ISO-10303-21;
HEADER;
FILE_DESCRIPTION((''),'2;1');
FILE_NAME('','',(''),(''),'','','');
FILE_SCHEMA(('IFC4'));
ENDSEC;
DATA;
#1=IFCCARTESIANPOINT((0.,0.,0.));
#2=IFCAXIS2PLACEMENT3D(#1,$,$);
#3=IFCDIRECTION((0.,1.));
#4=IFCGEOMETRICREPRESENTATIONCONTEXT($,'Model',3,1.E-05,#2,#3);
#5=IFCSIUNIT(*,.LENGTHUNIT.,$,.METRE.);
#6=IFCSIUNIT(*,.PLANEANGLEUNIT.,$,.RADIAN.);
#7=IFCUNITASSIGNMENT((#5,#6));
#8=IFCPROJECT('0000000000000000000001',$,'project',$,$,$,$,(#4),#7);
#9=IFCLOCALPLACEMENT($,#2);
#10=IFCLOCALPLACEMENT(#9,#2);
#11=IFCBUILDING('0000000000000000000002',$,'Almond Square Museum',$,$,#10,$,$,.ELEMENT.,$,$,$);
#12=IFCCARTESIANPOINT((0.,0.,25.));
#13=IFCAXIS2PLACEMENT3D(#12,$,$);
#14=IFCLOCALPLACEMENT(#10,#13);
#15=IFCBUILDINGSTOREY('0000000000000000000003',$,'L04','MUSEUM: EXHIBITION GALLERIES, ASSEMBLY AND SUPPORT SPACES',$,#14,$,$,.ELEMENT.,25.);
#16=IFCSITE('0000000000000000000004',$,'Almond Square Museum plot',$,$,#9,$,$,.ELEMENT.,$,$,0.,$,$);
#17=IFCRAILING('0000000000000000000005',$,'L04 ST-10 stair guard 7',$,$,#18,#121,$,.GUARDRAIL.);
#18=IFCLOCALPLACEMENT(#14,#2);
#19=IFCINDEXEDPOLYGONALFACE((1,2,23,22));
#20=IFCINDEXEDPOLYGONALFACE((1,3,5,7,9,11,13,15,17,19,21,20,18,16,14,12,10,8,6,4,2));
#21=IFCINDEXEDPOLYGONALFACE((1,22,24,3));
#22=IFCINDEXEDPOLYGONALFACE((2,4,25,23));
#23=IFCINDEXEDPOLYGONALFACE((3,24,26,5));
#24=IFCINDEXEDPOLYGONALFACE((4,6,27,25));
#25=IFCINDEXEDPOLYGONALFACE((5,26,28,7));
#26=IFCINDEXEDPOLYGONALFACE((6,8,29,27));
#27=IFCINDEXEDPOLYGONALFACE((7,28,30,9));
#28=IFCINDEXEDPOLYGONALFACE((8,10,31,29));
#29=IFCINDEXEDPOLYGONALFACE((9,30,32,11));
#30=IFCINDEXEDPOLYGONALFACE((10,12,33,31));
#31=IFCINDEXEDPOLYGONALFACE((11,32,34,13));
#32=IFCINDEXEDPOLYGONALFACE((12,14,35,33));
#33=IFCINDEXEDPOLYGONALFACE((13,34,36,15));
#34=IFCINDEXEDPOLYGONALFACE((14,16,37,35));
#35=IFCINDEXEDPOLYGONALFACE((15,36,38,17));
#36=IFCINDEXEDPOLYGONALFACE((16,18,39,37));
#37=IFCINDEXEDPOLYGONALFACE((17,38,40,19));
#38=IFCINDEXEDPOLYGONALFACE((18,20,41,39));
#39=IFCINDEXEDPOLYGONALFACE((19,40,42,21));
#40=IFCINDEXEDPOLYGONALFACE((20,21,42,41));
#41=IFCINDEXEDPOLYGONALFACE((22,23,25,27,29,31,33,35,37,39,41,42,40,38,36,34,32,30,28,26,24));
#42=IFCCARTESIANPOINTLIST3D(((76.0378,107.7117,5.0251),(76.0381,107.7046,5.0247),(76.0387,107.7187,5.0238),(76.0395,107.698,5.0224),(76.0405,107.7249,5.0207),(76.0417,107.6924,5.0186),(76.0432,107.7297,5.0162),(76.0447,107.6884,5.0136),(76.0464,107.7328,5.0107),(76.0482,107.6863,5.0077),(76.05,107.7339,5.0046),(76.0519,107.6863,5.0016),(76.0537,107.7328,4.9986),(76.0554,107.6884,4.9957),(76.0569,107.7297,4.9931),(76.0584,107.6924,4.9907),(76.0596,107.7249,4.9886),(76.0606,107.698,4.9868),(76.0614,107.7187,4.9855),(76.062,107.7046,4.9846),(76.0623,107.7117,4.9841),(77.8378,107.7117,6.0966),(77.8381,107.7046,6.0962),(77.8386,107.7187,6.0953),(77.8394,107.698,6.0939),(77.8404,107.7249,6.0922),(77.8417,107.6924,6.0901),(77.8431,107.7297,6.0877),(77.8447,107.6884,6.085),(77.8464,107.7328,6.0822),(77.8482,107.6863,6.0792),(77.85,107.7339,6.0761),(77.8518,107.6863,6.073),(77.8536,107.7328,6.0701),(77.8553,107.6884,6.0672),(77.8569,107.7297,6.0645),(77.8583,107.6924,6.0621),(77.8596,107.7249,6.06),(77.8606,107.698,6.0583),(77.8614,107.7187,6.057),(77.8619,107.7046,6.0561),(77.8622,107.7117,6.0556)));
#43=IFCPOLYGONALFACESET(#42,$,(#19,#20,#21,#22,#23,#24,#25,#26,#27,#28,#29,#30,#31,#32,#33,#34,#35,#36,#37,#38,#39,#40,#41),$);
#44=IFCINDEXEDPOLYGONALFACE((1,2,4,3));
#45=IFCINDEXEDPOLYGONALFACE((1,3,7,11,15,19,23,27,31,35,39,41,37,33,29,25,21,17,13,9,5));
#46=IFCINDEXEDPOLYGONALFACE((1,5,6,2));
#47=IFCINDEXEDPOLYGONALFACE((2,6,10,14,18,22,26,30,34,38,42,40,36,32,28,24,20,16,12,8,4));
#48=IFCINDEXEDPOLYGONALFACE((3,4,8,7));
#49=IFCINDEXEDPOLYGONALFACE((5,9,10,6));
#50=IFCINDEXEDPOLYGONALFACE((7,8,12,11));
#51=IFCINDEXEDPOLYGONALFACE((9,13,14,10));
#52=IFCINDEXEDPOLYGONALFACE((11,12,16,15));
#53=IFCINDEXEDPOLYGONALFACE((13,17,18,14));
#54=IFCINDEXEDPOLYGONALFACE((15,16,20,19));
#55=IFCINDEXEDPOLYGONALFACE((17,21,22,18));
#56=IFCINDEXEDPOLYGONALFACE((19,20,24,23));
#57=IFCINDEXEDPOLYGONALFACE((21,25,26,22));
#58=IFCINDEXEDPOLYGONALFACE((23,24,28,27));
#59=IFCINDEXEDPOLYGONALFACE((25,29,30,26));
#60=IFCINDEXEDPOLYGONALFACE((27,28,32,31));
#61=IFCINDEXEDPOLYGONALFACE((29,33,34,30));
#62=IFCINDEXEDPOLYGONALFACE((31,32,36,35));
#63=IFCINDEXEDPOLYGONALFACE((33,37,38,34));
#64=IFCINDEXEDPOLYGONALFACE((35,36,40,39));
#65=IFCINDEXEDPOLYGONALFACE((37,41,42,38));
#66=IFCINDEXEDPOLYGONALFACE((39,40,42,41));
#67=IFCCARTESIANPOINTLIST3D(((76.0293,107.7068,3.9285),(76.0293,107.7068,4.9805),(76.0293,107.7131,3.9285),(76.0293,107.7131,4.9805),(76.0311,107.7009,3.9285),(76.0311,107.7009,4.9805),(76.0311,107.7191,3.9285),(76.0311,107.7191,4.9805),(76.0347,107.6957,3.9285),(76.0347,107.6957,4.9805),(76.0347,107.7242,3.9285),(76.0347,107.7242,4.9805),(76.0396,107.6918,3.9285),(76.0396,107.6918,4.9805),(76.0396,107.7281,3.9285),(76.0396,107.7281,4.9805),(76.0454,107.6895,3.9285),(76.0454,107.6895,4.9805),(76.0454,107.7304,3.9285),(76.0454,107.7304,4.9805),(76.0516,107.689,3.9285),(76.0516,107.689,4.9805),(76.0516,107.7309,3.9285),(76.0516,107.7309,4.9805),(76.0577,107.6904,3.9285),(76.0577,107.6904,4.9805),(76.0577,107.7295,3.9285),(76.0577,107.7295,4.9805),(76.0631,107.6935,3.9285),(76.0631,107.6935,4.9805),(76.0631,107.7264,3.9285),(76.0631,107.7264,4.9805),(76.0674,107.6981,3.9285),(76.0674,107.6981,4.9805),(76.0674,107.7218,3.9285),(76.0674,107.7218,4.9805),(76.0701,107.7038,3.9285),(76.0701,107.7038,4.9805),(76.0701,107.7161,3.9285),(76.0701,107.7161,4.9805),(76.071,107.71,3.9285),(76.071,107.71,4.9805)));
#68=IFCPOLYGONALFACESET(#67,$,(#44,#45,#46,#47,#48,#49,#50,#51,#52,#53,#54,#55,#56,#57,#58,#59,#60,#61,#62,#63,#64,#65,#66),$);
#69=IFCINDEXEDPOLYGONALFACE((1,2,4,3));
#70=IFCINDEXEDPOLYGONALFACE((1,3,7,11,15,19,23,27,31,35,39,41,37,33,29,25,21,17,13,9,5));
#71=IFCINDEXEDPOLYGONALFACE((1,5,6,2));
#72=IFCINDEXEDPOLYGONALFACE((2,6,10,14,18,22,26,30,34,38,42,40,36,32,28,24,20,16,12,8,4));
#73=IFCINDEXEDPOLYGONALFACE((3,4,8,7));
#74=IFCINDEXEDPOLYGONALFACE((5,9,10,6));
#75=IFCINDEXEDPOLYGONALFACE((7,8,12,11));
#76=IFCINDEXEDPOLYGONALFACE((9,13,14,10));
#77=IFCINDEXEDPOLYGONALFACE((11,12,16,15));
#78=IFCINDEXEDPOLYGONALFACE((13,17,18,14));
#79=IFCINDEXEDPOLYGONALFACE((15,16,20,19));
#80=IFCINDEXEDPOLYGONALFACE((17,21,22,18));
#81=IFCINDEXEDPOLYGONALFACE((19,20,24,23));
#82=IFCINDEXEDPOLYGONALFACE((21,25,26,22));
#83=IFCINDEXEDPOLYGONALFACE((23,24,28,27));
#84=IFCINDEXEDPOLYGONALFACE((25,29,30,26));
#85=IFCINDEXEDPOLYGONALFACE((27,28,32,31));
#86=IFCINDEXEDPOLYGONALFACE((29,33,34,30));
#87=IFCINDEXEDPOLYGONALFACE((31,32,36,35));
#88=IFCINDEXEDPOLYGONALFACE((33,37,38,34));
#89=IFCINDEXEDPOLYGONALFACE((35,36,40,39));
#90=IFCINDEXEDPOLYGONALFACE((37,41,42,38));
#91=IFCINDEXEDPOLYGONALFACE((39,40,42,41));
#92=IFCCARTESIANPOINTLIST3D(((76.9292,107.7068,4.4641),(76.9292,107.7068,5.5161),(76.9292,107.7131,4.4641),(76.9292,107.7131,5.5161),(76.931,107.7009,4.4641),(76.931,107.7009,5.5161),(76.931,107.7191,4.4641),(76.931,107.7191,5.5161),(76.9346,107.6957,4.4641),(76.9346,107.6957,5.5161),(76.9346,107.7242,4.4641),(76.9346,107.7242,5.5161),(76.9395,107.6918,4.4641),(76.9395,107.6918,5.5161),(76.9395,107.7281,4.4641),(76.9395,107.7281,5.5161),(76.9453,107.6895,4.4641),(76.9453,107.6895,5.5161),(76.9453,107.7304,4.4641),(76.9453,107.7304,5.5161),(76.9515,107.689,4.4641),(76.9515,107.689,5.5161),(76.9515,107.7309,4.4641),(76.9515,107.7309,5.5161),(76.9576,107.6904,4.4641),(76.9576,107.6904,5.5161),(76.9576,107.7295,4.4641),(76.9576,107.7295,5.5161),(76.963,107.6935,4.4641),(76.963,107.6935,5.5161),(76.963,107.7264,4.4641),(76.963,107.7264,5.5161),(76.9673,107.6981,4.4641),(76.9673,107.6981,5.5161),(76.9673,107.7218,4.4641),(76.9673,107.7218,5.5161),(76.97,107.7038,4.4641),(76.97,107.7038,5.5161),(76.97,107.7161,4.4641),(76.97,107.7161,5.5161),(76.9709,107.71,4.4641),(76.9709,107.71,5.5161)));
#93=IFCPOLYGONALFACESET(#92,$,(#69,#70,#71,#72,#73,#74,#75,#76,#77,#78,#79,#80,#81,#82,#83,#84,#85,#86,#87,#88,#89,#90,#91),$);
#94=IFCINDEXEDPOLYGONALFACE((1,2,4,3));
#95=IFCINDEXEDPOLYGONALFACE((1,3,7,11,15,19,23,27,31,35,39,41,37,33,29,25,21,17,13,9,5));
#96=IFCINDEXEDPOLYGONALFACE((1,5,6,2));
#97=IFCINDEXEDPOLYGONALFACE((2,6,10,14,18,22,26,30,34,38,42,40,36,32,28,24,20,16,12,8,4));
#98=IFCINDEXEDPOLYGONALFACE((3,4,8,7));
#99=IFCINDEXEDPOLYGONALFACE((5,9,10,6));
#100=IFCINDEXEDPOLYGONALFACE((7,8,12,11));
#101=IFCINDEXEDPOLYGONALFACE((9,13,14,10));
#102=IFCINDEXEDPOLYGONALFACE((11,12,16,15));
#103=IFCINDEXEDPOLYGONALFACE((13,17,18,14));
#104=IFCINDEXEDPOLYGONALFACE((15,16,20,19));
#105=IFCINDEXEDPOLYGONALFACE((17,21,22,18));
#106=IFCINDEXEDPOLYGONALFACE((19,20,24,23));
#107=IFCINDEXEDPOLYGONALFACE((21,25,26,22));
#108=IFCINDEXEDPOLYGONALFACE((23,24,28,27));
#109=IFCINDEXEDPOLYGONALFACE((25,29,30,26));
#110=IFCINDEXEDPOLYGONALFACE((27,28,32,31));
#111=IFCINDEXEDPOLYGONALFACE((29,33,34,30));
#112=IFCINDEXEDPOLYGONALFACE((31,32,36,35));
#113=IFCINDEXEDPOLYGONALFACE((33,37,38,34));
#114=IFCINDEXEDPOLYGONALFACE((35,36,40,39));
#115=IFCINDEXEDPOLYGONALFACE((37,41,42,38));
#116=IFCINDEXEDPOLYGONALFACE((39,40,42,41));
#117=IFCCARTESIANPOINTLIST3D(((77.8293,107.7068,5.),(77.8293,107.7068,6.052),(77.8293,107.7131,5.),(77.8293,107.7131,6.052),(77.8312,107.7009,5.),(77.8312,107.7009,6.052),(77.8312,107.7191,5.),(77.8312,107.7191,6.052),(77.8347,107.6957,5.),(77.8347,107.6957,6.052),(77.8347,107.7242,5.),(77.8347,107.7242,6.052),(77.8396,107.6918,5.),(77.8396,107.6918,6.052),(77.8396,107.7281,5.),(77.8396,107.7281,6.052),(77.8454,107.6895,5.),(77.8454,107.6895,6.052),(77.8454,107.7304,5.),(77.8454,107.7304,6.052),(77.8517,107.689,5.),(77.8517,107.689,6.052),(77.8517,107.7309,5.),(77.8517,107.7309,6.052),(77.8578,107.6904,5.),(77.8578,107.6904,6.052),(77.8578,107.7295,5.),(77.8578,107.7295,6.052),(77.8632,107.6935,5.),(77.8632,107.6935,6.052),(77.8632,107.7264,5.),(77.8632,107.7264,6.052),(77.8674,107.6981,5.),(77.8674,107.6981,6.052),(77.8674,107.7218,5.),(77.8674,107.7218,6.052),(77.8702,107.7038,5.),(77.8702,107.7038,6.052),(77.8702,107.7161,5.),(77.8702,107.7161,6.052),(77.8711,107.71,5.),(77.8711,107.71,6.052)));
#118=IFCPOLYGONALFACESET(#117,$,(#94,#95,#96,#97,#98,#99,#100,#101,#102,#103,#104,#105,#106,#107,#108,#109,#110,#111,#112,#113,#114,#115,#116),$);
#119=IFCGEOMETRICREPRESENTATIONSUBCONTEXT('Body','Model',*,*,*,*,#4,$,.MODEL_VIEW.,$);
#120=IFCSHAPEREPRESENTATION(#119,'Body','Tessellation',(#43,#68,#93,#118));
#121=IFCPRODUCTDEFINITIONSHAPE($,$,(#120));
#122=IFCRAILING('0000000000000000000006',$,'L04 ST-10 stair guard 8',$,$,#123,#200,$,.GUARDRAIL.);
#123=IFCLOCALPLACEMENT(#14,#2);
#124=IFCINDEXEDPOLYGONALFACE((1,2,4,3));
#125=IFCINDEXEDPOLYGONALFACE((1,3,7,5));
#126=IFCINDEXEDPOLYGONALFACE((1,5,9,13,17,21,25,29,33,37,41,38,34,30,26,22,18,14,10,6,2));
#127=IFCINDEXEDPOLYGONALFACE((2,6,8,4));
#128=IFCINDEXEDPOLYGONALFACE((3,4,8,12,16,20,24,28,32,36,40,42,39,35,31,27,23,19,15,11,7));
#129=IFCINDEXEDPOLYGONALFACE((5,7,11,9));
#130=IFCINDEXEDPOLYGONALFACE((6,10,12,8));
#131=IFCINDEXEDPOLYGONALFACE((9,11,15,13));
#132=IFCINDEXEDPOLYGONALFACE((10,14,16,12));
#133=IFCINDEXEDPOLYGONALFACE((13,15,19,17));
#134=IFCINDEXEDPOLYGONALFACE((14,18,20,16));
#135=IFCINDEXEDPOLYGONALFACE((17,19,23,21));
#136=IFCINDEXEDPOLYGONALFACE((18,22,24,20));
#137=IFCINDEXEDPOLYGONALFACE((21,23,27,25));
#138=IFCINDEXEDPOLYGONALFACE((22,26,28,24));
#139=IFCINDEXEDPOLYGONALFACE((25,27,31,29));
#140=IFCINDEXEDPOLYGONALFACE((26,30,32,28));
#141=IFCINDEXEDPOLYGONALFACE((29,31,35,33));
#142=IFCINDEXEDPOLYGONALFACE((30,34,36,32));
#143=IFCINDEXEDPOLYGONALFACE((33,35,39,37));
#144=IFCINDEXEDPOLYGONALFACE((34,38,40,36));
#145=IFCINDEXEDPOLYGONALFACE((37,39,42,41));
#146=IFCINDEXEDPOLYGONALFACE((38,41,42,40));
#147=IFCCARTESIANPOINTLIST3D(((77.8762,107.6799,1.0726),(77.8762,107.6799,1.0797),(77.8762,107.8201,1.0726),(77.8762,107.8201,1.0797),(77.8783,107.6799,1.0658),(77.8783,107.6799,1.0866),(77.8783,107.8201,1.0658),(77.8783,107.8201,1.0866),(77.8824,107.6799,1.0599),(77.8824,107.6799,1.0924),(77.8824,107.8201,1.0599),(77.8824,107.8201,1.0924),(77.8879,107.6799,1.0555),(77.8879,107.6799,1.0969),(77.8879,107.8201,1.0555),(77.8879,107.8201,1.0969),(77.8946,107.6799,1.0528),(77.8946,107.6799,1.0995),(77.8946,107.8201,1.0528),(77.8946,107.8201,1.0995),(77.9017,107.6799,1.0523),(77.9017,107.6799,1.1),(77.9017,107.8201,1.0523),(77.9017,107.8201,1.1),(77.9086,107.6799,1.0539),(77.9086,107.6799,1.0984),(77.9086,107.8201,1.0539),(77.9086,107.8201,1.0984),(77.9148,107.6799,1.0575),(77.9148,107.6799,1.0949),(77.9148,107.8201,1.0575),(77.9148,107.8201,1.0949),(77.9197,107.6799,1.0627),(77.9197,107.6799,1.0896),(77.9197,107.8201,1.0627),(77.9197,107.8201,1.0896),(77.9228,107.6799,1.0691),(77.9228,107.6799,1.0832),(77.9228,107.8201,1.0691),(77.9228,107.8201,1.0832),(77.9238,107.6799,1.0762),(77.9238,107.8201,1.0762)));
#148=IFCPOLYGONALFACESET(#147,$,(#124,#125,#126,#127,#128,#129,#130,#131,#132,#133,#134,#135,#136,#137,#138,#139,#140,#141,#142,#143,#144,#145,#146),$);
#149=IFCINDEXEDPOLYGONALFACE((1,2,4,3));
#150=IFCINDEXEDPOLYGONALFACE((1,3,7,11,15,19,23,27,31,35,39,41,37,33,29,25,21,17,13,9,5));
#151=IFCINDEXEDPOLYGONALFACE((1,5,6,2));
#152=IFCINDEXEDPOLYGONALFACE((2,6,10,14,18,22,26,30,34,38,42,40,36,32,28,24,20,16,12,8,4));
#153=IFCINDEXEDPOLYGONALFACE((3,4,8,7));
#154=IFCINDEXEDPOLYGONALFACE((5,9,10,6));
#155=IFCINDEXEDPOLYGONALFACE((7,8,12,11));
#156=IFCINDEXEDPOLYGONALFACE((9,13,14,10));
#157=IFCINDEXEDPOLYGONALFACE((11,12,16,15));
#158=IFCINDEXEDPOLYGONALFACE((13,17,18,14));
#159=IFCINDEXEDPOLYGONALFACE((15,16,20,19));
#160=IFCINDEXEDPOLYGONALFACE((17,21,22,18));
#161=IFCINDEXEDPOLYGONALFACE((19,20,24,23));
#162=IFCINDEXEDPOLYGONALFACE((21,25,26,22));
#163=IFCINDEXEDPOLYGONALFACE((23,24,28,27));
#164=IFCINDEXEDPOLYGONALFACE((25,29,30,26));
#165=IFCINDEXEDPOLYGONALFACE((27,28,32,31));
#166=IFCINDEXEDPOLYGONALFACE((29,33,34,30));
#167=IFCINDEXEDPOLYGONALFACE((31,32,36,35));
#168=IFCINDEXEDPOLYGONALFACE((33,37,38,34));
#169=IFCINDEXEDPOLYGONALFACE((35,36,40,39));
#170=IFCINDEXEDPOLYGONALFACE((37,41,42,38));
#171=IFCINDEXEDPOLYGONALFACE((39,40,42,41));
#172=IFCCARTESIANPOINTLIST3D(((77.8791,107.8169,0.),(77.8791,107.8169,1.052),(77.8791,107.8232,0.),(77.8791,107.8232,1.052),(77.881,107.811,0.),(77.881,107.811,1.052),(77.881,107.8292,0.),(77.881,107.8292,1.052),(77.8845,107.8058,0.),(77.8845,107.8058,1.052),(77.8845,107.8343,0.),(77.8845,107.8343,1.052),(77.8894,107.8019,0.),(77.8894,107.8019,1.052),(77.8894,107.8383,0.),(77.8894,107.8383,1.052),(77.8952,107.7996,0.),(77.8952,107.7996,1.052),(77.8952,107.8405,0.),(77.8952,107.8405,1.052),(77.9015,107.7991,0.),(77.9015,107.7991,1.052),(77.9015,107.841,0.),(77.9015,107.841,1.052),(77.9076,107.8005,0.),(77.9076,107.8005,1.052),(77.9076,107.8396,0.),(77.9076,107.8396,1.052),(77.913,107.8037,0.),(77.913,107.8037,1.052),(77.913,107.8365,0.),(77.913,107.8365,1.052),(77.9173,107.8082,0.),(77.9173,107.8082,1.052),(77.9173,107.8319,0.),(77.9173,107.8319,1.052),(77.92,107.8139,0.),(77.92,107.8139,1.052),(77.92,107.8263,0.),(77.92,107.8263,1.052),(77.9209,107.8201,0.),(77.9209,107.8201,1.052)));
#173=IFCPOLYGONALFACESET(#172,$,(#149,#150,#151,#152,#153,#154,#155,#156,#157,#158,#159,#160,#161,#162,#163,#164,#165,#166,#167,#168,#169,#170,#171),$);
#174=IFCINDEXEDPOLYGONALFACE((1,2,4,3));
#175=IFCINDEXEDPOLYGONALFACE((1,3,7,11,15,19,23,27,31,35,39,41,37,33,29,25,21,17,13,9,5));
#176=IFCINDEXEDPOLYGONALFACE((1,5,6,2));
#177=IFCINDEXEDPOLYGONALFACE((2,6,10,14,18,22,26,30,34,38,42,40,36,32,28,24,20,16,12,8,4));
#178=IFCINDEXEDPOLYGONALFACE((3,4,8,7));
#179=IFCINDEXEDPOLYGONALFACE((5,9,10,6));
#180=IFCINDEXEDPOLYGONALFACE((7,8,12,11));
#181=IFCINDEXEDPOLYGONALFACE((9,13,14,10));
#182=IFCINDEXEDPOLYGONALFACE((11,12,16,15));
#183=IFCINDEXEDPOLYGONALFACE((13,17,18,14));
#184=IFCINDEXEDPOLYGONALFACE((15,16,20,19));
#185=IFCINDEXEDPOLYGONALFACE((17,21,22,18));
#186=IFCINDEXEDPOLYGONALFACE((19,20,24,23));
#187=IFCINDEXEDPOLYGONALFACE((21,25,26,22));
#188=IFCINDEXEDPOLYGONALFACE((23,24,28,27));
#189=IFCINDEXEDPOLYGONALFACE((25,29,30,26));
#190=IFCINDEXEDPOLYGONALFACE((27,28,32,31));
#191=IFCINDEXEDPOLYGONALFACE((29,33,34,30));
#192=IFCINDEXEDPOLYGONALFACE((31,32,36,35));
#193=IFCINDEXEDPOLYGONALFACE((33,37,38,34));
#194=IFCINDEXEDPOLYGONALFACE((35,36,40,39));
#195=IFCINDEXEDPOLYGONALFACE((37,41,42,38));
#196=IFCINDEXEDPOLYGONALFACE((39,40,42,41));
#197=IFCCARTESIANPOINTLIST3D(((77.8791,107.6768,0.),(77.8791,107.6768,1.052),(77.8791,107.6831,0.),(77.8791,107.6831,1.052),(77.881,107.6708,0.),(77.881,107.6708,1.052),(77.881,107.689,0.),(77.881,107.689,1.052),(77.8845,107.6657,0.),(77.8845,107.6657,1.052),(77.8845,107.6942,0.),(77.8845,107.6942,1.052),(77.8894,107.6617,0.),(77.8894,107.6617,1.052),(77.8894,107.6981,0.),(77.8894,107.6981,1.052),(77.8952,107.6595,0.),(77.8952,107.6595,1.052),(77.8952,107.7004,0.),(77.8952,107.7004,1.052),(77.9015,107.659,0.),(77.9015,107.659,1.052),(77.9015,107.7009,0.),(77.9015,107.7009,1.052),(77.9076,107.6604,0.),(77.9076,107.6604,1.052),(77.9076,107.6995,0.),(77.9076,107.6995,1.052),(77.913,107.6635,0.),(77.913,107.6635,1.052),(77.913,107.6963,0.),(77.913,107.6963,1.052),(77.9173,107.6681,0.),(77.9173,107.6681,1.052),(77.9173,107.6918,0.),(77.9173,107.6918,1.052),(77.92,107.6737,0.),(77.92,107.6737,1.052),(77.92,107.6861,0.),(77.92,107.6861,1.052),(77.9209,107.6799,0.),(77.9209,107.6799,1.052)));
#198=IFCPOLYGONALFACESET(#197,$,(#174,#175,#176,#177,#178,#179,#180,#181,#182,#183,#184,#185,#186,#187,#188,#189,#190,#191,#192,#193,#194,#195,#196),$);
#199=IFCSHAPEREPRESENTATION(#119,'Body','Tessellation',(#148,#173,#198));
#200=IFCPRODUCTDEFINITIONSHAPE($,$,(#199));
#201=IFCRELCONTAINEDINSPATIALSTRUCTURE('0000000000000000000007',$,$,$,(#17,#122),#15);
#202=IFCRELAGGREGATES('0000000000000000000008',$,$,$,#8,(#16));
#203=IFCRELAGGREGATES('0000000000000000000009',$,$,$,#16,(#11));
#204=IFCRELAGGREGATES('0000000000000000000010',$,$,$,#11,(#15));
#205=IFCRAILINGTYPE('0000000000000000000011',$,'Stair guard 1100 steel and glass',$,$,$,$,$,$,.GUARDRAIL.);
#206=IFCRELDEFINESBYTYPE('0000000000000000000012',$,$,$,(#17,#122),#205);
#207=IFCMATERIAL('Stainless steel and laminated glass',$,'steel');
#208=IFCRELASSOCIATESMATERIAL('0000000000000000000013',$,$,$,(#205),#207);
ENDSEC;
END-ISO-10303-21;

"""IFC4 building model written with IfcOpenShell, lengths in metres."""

from ifc_helpers import new_model, si_unit, direction, frame, origin, origin_2d, place, context, subcontext, project, spatial, circle, extrude, material, type_object, element, save


model = new_model("IFC4")

# Units and contexts
model_context = context("Model", 3, precision=1e-05, world=origin(), true_north=direction((0.0, 1.0)))
body_context = subcontext(model_context, "Body", "Model", "MODEL_VIEW")
ifc_project = project(units=[si_unit("LENGTHUNIT", "METRE"), si_unit("PLANEANGLEUNIT", "RADIAN")], contexts=[model_context])

# Site, building, storey
site_placement = place(None, origin())
site = spatial("IfcSite", under=ifc_project, at=site_placement, Name="Almond Square Museum plot", CompositionType="ELEMENT", RefElevation=0.0)
building_placement = place(site_placement, origin())
building = spatial("IfcBuilding", under=site, at=building_placement, Name="Almond Square Museum", CompositionType="ELEMENT")
storey_placement = place(building_placement, frame((0.0, 0.0, 25.0)))
storey = spatial("IfcBuildingStorey", under=building, at=storey_placement, Name="L04", Description="MUSEUM: EXHIBITION GALLERIES, ASSEMBLY AND SUPPORT SPACES", CompositionType="ELEMENT", Elevation=25.0)

# Railings
ifc_material_1 = material(Name="Stainless steel and laminated glass", Category="steel")
railing_type_1 = type_object("IfcRailingType", Name="Stair guard 1100 steel and glass", PredefinedType="GUARDRAIL", material=ifc_material_1)
railing_1_placement = place(storey_placement, frame((76.05, 107.71, 3.9285)))
element("IfcRailing", 1, at=railing_1_placement, inside=storey, type_object=railing_type_1, Name="L04 ST-10 stair guard 7", PredefinedType="GUARDRAIL", context=body_context, shape_type="SweptSolid", body=[
    extrude(circle(Radius=0.0239, at=origin_2d()), frame((0.0, 0.0, 1.0762), z_axis=(0.859277, 0.0, 0.51151), x_axis=(0.0, 1.0, 0.0)), (0.0, 0.0, 1.0), 2.0947),
    extrude(circle(Radius=0.021, at=origin_2d()), origin(), (0.0, 0.0, 1.0), 1.052),
    extrude(circle(Radius=0.021, at=origin_2d()), frame((0.8999, 0.0, 0.5356)), (0.0, 0.0, 1.0), 1.052),
    extrude(circle(Radius=0.021, at=origin_2d()), frame((1.8, 0.0, 1.0715)), (0.0, 0.0, 1.0), 1.052),
])
railing_2_placement = place(storey_placement, frame((77.8999, 107.8201, 0.0)))
element("IfcRailing", 2, at=railing_2_placement, inside=storey, type_object=railing_type_1, Name="L04 ST-10 stair guard 8", PredefinedType="GUARDRAIL", context=body_context, shape_type="SweptSolid", body=[
    extrude(circle(Radius=0.0239, at=origin_2d()), frame((0.0, 0.0, 1.0762), z_axis=(0.0, -1.0, 0.0), x_axis=(1.0, 0.0, 0.0)), (0.0, 0.0, 1.0), 0.1401),
    extrude(circle(Radius=0.021, at=origin_2d()), origin(), (0.0, 0.0, 1.0), 1.052),
    extrude(circle(Radius=0.021, at=origin_2d()), frame((0.0, -0.1401, 0.0)), (0.0, 0.0, 1.0), 1.052),
])

save(model, "model.ifc")
